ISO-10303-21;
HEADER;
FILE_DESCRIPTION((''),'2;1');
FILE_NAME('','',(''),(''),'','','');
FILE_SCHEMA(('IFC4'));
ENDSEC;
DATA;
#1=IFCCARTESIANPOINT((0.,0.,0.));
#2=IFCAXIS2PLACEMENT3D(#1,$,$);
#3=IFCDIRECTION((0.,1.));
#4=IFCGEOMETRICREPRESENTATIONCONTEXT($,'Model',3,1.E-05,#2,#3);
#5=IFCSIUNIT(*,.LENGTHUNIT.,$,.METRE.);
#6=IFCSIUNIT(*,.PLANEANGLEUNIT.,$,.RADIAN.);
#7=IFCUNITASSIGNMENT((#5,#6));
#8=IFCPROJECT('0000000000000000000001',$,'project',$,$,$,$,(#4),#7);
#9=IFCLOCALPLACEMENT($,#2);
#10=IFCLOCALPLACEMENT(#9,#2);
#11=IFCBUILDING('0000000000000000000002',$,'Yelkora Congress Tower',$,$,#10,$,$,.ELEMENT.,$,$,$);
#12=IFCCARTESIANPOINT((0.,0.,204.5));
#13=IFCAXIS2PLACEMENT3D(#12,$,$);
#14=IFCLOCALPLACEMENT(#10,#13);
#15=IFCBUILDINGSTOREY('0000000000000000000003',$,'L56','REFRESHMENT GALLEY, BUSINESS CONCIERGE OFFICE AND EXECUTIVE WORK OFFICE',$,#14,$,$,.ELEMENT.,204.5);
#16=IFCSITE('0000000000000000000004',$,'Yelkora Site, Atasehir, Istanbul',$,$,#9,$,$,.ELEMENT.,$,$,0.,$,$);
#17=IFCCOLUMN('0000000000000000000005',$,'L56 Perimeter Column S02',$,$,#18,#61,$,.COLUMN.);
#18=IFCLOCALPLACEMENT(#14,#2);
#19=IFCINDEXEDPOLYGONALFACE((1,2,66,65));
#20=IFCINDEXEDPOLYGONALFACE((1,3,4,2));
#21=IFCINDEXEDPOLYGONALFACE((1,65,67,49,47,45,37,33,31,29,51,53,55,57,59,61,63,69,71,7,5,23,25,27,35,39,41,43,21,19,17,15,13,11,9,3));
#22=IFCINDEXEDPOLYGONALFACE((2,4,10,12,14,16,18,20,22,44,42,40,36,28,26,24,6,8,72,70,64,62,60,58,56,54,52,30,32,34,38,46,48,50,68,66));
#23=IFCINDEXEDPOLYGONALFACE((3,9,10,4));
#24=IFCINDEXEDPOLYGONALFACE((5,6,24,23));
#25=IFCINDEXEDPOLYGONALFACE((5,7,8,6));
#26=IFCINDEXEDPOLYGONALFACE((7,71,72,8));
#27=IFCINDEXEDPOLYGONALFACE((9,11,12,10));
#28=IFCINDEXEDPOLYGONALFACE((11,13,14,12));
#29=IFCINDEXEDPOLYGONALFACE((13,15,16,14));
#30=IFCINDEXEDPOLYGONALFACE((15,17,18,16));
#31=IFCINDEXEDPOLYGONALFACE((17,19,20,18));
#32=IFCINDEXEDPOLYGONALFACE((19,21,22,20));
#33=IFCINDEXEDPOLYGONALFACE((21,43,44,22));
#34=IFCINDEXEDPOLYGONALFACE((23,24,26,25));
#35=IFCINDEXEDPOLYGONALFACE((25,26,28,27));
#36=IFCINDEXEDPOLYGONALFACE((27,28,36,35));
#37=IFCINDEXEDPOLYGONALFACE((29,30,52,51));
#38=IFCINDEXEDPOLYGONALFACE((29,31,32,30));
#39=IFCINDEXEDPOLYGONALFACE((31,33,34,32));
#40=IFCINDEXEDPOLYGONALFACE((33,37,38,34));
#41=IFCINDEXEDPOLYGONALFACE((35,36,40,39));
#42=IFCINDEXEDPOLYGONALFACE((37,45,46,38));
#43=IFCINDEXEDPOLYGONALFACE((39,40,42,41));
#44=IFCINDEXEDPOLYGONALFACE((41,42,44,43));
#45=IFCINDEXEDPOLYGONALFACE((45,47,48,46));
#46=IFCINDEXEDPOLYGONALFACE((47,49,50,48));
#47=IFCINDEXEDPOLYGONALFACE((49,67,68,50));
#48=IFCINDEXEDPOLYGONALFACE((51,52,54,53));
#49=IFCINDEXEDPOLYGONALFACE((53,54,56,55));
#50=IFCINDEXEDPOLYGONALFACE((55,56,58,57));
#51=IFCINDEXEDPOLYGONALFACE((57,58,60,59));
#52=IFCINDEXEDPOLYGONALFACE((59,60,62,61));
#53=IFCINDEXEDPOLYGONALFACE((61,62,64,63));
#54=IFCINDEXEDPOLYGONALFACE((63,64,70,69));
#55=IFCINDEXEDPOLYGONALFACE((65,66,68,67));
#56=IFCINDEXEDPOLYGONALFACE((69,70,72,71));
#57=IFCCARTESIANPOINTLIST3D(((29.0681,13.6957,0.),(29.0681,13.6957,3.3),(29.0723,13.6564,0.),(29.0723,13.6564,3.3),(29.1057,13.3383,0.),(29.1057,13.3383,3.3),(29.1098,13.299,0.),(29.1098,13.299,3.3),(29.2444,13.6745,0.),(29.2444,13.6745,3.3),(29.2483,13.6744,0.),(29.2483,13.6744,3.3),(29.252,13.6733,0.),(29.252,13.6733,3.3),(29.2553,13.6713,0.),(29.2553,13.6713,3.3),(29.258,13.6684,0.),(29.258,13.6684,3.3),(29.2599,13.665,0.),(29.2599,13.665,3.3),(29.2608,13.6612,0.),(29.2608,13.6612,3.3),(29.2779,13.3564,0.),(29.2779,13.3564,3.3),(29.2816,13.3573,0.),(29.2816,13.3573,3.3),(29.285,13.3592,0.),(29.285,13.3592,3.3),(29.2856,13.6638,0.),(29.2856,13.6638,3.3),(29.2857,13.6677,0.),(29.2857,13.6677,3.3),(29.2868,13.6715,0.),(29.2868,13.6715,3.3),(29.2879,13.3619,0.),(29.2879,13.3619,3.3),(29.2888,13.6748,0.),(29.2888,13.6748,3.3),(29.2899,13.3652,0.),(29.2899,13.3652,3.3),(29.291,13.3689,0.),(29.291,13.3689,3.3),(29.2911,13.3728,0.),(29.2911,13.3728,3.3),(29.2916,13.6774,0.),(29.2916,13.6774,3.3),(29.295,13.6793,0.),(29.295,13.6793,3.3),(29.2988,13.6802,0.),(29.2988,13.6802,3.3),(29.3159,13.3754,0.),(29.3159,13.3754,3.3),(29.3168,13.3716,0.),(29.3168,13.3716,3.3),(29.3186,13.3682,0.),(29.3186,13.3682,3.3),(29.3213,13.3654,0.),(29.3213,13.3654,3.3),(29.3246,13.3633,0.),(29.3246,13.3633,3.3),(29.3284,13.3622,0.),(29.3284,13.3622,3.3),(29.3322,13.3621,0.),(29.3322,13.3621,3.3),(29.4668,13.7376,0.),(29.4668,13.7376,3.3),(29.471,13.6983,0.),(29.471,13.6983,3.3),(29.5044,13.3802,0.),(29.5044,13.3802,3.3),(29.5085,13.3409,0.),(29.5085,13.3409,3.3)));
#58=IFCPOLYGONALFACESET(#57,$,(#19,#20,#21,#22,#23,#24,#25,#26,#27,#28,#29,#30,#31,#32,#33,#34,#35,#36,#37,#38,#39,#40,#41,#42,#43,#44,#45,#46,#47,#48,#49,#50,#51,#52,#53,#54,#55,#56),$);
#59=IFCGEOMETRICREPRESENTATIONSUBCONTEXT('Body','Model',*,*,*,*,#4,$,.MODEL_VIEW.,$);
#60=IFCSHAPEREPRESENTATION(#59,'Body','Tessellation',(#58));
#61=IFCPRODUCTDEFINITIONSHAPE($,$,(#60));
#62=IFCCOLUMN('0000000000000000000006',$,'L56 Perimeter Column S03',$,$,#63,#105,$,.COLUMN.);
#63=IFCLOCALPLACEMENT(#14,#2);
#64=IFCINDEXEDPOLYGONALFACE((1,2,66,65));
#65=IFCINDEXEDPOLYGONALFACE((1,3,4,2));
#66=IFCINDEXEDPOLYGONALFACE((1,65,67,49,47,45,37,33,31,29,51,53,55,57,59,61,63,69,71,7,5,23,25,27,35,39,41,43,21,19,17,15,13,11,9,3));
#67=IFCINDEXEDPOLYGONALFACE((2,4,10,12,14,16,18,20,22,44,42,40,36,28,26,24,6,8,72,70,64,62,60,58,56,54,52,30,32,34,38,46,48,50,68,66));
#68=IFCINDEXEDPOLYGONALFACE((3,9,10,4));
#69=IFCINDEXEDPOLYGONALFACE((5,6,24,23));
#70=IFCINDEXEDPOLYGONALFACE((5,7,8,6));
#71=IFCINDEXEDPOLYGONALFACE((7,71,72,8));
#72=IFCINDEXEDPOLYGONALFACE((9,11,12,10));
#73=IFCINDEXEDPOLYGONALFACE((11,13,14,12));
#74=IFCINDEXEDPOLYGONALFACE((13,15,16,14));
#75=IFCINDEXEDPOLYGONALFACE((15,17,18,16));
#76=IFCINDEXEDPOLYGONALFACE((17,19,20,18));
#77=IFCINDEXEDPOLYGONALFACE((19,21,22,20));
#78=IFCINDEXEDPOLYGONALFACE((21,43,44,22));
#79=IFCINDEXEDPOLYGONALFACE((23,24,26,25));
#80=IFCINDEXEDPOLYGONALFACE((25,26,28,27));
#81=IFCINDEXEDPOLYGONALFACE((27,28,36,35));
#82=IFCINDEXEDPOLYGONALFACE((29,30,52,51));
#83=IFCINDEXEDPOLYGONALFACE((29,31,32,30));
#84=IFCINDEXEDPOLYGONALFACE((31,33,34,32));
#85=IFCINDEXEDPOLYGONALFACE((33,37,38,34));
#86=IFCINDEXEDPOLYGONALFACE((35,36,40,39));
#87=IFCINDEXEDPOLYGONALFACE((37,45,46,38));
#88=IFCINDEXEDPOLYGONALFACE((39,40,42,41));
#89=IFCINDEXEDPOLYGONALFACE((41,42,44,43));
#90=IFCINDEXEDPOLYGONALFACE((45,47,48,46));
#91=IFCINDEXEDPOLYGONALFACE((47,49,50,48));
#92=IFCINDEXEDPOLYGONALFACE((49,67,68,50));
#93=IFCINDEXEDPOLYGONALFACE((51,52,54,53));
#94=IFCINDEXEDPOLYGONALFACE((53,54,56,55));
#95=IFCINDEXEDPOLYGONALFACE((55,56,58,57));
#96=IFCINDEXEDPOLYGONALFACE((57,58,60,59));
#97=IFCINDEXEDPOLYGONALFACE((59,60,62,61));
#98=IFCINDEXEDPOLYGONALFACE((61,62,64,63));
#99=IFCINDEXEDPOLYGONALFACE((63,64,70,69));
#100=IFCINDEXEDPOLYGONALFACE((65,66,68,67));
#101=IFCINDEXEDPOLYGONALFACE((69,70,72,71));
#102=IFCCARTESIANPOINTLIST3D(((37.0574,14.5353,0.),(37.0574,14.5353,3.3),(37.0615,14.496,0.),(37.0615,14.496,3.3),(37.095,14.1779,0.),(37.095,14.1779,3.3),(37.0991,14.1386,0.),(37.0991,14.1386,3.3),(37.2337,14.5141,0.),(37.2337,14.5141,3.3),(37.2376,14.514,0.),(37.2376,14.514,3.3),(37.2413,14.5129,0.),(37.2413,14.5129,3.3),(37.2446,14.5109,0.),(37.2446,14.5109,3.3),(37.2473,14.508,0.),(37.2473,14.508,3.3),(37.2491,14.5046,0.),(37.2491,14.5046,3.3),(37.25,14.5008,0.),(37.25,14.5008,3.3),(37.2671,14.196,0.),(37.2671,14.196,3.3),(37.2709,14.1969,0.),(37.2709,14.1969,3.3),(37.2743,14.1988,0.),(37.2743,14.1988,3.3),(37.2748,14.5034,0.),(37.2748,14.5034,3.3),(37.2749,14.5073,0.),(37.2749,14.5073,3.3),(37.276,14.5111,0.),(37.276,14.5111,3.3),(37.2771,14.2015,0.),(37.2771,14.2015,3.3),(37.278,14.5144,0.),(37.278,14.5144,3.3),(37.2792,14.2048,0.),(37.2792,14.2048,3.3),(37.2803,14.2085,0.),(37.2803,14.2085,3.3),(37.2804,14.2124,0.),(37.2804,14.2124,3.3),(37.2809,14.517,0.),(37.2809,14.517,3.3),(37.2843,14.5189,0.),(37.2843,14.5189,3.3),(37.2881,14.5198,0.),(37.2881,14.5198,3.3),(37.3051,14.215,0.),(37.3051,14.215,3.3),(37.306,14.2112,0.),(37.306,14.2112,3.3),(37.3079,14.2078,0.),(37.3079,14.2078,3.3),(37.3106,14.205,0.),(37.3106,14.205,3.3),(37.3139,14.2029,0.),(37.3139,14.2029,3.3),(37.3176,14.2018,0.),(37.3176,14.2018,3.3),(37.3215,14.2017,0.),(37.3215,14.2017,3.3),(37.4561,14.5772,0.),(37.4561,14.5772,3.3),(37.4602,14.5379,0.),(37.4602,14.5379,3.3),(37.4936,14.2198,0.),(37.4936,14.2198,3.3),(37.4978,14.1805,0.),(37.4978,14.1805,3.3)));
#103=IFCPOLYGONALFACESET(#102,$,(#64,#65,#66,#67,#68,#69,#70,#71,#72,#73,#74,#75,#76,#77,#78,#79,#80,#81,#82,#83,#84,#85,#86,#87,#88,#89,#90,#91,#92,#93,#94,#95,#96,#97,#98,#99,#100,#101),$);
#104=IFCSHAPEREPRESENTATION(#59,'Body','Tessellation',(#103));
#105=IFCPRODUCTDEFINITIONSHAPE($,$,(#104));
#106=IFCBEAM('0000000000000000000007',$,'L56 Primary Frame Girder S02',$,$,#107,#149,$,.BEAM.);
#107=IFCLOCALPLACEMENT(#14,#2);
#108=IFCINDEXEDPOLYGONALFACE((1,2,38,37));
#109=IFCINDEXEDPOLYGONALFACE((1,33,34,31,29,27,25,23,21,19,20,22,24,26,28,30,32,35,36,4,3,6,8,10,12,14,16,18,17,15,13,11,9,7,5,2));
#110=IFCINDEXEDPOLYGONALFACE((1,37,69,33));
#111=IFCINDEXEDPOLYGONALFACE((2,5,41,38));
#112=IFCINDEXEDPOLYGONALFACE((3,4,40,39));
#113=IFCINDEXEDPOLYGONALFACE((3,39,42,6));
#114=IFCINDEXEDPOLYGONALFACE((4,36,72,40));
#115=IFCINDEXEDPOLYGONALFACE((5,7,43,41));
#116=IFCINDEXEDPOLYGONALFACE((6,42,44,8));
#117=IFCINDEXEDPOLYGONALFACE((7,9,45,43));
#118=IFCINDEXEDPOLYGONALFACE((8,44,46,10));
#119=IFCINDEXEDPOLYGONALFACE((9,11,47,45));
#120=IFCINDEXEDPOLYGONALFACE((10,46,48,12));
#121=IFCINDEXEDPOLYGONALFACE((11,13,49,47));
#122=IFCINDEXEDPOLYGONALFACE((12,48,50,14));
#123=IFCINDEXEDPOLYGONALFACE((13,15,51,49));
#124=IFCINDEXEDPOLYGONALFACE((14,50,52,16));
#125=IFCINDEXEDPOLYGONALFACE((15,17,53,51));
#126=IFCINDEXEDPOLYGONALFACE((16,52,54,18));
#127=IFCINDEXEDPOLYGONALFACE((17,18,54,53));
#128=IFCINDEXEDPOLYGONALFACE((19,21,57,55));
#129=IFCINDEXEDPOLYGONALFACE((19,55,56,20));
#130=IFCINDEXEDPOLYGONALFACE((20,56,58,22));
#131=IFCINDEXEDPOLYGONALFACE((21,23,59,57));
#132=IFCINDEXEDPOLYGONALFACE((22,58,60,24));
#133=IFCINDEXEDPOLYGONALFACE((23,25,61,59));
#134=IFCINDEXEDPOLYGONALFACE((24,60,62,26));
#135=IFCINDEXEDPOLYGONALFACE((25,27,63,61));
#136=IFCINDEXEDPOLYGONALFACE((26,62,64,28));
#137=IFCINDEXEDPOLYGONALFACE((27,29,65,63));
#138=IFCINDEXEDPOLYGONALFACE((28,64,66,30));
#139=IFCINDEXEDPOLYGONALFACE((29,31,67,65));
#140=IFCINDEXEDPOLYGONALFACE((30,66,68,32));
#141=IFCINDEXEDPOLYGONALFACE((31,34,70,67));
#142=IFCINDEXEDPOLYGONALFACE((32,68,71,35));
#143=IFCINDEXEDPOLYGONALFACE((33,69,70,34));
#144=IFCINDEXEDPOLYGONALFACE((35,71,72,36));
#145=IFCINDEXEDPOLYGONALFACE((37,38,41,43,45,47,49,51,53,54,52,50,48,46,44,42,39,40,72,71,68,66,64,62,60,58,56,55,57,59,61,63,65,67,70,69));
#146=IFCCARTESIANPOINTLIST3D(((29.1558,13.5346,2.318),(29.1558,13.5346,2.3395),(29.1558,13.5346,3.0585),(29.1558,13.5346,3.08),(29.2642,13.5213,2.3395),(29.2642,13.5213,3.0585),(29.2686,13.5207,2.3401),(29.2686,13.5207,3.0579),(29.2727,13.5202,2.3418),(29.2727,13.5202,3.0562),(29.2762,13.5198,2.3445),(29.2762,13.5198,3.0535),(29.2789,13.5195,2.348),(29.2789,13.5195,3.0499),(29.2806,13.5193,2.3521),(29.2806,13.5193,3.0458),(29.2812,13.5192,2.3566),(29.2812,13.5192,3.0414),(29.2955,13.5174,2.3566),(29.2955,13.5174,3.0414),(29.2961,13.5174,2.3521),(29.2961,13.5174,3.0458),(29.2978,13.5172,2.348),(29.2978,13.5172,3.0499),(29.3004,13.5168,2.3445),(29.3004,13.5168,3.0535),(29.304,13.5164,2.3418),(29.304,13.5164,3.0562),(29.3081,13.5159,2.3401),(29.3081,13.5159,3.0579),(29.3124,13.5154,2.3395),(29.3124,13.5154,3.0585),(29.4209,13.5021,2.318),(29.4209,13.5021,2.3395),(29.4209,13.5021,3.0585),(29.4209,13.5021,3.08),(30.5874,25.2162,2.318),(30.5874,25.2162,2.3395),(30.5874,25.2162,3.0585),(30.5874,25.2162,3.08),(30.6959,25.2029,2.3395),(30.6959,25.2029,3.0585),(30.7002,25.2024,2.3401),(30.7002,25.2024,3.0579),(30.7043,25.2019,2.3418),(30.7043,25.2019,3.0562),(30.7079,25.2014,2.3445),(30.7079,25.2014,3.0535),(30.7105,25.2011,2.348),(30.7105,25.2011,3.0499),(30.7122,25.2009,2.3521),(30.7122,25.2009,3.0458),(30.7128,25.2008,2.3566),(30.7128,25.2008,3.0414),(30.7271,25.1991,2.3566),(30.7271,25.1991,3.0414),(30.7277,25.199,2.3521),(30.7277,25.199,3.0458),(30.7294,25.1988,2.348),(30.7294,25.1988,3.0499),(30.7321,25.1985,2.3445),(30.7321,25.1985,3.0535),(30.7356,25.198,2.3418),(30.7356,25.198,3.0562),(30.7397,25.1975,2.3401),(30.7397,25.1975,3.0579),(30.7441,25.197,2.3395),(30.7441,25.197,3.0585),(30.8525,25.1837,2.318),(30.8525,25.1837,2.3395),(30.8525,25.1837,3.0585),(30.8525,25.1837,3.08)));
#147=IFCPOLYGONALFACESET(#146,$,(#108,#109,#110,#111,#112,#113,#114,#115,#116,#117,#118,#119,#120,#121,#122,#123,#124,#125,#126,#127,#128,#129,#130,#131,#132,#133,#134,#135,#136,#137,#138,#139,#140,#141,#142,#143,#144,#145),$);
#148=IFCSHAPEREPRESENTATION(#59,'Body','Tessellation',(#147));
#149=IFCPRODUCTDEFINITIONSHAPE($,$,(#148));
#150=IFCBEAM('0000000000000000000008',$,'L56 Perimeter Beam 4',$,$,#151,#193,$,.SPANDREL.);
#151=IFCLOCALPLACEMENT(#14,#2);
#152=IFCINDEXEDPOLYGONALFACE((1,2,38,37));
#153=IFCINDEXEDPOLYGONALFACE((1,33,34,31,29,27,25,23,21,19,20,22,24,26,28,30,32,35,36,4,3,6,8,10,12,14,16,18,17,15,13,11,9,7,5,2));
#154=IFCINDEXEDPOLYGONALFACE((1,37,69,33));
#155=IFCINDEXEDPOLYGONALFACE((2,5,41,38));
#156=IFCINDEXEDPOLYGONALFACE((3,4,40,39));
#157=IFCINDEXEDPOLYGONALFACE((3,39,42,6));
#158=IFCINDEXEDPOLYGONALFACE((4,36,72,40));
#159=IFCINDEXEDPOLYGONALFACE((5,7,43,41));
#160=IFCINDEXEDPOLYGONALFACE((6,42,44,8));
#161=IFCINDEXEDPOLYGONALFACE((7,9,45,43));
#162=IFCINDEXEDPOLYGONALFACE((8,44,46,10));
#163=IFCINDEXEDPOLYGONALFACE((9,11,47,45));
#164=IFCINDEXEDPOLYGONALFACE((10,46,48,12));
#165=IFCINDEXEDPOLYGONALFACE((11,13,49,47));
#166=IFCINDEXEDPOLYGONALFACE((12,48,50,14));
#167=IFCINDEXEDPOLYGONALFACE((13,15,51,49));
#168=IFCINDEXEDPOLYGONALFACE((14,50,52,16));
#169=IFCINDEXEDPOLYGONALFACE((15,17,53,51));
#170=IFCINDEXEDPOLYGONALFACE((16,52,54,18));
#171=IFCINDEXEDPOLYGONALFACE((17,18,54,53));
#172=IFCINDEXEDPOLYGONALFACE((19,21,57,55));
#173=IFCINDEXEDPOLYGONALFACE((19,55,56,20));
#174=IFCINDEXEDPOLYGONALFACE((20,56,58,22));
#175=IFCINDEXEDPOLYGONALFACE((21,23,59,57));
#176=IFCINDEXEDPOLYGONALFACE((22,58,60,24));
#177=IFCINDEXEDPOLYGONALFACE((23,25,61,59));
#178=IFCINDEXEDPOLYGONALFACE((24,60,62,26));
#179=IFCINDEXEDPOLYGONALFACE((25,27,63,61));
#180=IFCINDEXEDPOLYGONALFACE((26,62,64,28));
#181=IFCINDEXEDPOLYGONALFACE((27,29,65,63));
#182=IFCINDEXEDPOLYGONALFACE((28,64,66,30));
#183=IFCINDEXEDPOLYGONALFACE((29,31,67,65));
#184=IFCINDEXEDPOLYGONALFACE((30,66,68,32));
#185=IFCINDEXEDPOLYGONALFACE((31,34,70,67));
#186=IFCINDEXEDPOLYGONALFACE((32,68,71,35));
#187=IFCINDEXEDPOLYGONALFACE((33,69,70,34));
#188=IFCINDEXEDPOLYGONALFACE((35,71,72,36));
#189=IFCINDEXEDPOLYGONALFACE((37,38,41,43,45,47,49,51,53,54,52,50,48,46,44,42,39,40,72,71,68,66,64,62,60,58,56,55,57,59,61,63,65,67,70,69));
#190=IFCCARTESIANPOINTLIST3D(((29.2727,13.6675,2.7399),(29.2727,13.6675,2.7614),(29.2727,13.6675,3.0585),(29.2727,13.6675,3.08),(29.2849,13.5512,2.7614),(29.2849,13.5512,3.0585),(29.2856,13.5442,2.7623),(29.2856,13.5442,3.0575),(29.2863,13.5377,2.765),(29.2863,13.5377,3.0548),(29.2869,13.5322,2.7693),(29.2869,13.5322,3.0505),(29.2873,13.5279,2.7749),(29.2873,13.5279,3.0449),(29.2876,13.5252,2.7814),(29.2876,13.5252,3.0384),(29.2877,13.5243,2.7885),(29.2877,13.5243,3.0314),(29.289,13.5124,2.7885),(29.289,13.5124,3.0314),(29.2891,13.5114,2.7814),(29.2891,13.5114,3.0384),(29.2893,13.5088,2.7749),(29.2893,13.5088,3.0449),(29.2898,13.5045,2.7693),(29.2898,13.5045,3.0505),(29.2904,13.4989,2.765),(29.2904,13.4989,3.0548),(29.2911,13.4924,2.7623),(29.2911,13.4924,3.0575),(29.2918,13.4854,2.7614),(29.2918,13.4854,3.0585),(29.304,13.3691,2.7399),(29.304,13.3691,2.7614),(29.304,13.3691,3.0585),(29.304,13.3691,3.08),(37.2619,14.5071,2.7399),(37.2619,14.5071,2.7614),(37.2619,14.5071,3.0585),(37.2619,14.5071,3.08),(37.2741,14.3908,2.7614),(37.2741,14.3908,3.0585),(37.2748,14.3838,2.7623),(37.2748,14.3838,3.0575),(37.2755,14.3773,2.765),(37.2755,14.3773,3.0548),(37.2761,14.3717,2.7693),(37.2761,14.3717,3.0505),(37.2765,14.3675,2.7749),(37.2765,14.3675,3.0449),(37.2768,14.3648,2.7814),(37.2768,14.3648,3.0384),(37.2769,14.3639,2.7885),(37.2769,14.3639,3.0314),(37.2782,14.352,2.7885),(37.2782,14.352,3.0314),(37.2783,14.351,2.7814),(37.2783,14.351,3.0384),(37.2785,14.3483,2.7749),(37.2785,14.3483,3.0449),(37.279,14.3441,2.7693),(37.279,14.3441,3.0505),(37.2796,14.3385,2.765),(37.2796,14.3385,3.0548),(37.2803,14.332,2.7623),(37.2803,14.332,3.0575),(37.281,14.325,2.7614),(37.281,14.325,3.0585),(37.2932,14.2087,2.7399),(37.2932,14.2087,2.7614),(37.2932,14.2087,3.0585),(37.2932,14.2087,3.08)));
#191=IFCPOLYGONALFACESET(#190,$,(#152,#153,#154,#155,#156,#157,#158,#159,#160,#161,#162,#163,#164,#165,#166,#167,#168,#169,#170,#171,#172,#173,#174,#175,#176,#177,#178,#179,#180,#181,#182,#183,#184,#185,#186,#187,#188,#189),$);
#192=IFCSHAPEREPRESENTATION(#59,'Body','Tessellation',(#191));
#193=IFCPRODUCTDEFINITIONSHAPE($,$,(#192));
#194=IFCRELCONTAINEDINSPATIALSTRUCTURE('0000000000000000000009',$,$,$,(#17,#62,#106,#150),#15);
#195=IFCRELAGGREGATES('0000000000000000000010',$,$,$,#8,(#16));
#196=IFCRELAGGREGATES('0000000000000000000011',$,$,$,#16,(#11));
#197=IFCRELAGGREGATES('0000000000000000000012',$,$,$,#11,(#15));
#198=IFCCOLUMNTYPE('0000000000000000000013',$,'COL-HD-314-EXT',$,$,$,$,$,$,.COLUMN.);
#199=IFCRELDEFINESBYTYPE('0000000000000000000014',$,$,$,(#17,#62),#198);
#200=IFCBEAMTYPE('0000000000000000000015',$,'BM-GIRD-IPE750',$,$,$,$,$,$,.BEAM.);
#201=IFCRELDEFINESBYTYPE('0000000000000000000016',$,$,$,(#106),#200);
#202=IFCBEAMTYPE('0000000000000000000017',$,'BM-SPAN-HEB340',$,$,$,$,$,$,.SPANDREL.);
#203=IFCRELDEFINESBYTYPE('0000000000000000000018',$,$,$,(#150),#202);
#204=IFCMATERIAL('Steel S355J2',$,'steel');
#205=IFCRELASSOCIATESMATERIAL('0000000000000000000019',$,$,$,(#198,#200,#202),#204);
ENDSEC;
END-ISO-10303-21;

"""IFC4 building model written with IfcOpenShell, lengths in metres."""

from ifc_helpers import new_model, si_unit, direction, frame, origin, origin_2d, place, context, subcontext, project, spatial, i_section, extrude, material, material_profile, profile_set, type_object, element, save


model = new_model("IFC4")

# Units and contexts
model_context = context("Model", 3, precision=1e-05, world=origin(), true_north=direction((0.0, 1.0)))
body_context = subcontext(model_context, "Body", "Model", "MODEL_VIEW")
ifc_project = project(units=[si_unit("LENGTHUNIT", "METRE"), si_unit("PLANEANGLEUNIT", "RADIAN")], contexts=[model_context])

# Site, building, storey
site_placement = place(None, origin())
site = spatial("IfcSite", under=ifc_project, at=site_placement, Name="Yelkora Site, Atasehir, Istanbul", CompositionType="ELEMENT", RefElevation=0.0)
building_placement = place(site_placement, origin())
building = spatial("IfcBuilding", under=site, at=building_placement, Name="Yelkora Congress Tower", CompositionType="ELEMENT")
storey_placement = place(building_placement, frame((0.0, 0.0, 204.5)))
storey = spatial("IfcBuildingStorey", under=building, at=storey_placement, Name="L56", Description="REFRESHMENT GALLEY, BUSINESS CONCIERGE OFFICE AND EXECUTIVE WORK OFFICE", CompositionType="ELEMENT", Elevation=204.5)

# Columns
ifc_material_1 = material(Name="Steel S355J2", Category="steel")
ifc_material_profile_1 = material_profile(ifc_material_1, i_section(OverallWidth=0.4009, OverallDepth=0.3989, WebThickness=0.0249, FlangeThickness=0.0396, FilletRadius=0.0149, at=origin_2d()), Name="HD 400x314")
ifc_profile_set_1 = profile_set([ifc_material_profile_1], Name="Steel S355J2")
column_type = type_object("IfcColumnType", Name="COL-HD-314-EXT", PredefinedType="COLUMN", material=ifc_profile_set_1)
for number, where, z_axis, x_axis, name in (
    (1, (29.2883, 13.5183, 0.0), (0.0, 0.0, 1.0), (0.994522, 0.104528, 0.0), "L56 Perimeter Column S02"),
    (2, (37.2776, 14.3579, 0.0), (0.0, 0.0, 1.0), (0.994522, 0.104528, 0.0), "L56 Perimeter Column S03"),
):
    element("IfcColumn", number, at=place(storey_placement, frame(where, z_axis=z_axis, x_axis=x_axis)), inside=storey, type_object=column_type, Name=name, PredefinedType="COLUMN", context=body_context, shape_type="SweptSolid", body=[
        extrude(i_section(OverallWidth=0.4009, OverallDepth=0.3989, WebThickness=0.0249, FlangeThickness=0.0396, FilletRadius=0.0149, at=origin_2d()), origin(), (0.0, 0.0, 1.0), 3.3),
    ])

# Beams
ifc_material_profile_2 = material_profile(ifc_material_1, i_section(OverallWidth=0.2671, OverallDepth=0.762, WebThickness=0.0144, FlangeThickness=0.0215, FilletRadius=0.0171, at=origin_2d()), Name="IPE 750x173")
ifc_profile_set_2 = profile_set([ifc_material_profile_2], Name="Steel S355J2")
beam_type_1 = type_object("IfcBeamType", Name="BM-GIRD-IPE750", PredefinedType="BEAM", material=ifc_profile_set_2)
beam_1_placement = place(storey_placement, frame((29.2883, 13.5183, 2.699), z_axis=(0.121645, 0.992574, 0.0), x_axis=(-0.992574, 0.121645, 0.0)))
element("IfcBeam", 3, at=beam_1_placement, inside=storey, type_object=beam_type_1, Name="L56 Primary Frame Girder S02", PredefinedType="BEAM", context=body_context, shape_type="SweptSolid", body=[
    extrude(i_section(OverallWidth=0.2671, OverallDepth=0.762, WebThickness=0.0144, FlangeThickness=0.0215, FilletRadius=0.0171, at=origin_2d()), origin(), (0.0, 0.0, 1.0), 11.769),
])
ifc_material_profile_3 = material_profile(ifc_material_1, i_section(OverallWidth=0.3, OverallDepth=0.3401, WebThickness=0.012, FlangeThickness=0.0215, FilletRadius=0.0271, at=origin_2d()), Name="HEB 340")
ifc_profile_set_3 = profile_set([ifc_material_profile_3], Name="Steel S355J2")
beam_type_2 = type_object("IfcBeamType", Name="BM-SPAN-HEB340", PredefinedType="SPANDREL", material=ifc_profile_set_3)
beam_2_placement = place(storey_placement, frame((29.2883, 13.5183, 2.9099), z_axis=(0.994523, 0.104516, 0.0), x_axis=(-0.104516, 0.994523, 0.0)))
element("IfcBeam", 4, at=beam_2_placement, inside=storey, type_object=beam_type_2, Name="L56 Perimeter Beam 4", PredefinedType="SPANDREL", context=body_context, shape_type="SweptSolid", body=[
    extrude(i_section(OverallWidth=0.3, OverallDepth=0.3401, WebThickness=0.012, FlangeThickness=0.0215, FilletRadius=0.0271, at=origin_2d()), origin(), (0.0, 0.0, 1.0), 8.0332),
])

save(model, "model.ifc")
